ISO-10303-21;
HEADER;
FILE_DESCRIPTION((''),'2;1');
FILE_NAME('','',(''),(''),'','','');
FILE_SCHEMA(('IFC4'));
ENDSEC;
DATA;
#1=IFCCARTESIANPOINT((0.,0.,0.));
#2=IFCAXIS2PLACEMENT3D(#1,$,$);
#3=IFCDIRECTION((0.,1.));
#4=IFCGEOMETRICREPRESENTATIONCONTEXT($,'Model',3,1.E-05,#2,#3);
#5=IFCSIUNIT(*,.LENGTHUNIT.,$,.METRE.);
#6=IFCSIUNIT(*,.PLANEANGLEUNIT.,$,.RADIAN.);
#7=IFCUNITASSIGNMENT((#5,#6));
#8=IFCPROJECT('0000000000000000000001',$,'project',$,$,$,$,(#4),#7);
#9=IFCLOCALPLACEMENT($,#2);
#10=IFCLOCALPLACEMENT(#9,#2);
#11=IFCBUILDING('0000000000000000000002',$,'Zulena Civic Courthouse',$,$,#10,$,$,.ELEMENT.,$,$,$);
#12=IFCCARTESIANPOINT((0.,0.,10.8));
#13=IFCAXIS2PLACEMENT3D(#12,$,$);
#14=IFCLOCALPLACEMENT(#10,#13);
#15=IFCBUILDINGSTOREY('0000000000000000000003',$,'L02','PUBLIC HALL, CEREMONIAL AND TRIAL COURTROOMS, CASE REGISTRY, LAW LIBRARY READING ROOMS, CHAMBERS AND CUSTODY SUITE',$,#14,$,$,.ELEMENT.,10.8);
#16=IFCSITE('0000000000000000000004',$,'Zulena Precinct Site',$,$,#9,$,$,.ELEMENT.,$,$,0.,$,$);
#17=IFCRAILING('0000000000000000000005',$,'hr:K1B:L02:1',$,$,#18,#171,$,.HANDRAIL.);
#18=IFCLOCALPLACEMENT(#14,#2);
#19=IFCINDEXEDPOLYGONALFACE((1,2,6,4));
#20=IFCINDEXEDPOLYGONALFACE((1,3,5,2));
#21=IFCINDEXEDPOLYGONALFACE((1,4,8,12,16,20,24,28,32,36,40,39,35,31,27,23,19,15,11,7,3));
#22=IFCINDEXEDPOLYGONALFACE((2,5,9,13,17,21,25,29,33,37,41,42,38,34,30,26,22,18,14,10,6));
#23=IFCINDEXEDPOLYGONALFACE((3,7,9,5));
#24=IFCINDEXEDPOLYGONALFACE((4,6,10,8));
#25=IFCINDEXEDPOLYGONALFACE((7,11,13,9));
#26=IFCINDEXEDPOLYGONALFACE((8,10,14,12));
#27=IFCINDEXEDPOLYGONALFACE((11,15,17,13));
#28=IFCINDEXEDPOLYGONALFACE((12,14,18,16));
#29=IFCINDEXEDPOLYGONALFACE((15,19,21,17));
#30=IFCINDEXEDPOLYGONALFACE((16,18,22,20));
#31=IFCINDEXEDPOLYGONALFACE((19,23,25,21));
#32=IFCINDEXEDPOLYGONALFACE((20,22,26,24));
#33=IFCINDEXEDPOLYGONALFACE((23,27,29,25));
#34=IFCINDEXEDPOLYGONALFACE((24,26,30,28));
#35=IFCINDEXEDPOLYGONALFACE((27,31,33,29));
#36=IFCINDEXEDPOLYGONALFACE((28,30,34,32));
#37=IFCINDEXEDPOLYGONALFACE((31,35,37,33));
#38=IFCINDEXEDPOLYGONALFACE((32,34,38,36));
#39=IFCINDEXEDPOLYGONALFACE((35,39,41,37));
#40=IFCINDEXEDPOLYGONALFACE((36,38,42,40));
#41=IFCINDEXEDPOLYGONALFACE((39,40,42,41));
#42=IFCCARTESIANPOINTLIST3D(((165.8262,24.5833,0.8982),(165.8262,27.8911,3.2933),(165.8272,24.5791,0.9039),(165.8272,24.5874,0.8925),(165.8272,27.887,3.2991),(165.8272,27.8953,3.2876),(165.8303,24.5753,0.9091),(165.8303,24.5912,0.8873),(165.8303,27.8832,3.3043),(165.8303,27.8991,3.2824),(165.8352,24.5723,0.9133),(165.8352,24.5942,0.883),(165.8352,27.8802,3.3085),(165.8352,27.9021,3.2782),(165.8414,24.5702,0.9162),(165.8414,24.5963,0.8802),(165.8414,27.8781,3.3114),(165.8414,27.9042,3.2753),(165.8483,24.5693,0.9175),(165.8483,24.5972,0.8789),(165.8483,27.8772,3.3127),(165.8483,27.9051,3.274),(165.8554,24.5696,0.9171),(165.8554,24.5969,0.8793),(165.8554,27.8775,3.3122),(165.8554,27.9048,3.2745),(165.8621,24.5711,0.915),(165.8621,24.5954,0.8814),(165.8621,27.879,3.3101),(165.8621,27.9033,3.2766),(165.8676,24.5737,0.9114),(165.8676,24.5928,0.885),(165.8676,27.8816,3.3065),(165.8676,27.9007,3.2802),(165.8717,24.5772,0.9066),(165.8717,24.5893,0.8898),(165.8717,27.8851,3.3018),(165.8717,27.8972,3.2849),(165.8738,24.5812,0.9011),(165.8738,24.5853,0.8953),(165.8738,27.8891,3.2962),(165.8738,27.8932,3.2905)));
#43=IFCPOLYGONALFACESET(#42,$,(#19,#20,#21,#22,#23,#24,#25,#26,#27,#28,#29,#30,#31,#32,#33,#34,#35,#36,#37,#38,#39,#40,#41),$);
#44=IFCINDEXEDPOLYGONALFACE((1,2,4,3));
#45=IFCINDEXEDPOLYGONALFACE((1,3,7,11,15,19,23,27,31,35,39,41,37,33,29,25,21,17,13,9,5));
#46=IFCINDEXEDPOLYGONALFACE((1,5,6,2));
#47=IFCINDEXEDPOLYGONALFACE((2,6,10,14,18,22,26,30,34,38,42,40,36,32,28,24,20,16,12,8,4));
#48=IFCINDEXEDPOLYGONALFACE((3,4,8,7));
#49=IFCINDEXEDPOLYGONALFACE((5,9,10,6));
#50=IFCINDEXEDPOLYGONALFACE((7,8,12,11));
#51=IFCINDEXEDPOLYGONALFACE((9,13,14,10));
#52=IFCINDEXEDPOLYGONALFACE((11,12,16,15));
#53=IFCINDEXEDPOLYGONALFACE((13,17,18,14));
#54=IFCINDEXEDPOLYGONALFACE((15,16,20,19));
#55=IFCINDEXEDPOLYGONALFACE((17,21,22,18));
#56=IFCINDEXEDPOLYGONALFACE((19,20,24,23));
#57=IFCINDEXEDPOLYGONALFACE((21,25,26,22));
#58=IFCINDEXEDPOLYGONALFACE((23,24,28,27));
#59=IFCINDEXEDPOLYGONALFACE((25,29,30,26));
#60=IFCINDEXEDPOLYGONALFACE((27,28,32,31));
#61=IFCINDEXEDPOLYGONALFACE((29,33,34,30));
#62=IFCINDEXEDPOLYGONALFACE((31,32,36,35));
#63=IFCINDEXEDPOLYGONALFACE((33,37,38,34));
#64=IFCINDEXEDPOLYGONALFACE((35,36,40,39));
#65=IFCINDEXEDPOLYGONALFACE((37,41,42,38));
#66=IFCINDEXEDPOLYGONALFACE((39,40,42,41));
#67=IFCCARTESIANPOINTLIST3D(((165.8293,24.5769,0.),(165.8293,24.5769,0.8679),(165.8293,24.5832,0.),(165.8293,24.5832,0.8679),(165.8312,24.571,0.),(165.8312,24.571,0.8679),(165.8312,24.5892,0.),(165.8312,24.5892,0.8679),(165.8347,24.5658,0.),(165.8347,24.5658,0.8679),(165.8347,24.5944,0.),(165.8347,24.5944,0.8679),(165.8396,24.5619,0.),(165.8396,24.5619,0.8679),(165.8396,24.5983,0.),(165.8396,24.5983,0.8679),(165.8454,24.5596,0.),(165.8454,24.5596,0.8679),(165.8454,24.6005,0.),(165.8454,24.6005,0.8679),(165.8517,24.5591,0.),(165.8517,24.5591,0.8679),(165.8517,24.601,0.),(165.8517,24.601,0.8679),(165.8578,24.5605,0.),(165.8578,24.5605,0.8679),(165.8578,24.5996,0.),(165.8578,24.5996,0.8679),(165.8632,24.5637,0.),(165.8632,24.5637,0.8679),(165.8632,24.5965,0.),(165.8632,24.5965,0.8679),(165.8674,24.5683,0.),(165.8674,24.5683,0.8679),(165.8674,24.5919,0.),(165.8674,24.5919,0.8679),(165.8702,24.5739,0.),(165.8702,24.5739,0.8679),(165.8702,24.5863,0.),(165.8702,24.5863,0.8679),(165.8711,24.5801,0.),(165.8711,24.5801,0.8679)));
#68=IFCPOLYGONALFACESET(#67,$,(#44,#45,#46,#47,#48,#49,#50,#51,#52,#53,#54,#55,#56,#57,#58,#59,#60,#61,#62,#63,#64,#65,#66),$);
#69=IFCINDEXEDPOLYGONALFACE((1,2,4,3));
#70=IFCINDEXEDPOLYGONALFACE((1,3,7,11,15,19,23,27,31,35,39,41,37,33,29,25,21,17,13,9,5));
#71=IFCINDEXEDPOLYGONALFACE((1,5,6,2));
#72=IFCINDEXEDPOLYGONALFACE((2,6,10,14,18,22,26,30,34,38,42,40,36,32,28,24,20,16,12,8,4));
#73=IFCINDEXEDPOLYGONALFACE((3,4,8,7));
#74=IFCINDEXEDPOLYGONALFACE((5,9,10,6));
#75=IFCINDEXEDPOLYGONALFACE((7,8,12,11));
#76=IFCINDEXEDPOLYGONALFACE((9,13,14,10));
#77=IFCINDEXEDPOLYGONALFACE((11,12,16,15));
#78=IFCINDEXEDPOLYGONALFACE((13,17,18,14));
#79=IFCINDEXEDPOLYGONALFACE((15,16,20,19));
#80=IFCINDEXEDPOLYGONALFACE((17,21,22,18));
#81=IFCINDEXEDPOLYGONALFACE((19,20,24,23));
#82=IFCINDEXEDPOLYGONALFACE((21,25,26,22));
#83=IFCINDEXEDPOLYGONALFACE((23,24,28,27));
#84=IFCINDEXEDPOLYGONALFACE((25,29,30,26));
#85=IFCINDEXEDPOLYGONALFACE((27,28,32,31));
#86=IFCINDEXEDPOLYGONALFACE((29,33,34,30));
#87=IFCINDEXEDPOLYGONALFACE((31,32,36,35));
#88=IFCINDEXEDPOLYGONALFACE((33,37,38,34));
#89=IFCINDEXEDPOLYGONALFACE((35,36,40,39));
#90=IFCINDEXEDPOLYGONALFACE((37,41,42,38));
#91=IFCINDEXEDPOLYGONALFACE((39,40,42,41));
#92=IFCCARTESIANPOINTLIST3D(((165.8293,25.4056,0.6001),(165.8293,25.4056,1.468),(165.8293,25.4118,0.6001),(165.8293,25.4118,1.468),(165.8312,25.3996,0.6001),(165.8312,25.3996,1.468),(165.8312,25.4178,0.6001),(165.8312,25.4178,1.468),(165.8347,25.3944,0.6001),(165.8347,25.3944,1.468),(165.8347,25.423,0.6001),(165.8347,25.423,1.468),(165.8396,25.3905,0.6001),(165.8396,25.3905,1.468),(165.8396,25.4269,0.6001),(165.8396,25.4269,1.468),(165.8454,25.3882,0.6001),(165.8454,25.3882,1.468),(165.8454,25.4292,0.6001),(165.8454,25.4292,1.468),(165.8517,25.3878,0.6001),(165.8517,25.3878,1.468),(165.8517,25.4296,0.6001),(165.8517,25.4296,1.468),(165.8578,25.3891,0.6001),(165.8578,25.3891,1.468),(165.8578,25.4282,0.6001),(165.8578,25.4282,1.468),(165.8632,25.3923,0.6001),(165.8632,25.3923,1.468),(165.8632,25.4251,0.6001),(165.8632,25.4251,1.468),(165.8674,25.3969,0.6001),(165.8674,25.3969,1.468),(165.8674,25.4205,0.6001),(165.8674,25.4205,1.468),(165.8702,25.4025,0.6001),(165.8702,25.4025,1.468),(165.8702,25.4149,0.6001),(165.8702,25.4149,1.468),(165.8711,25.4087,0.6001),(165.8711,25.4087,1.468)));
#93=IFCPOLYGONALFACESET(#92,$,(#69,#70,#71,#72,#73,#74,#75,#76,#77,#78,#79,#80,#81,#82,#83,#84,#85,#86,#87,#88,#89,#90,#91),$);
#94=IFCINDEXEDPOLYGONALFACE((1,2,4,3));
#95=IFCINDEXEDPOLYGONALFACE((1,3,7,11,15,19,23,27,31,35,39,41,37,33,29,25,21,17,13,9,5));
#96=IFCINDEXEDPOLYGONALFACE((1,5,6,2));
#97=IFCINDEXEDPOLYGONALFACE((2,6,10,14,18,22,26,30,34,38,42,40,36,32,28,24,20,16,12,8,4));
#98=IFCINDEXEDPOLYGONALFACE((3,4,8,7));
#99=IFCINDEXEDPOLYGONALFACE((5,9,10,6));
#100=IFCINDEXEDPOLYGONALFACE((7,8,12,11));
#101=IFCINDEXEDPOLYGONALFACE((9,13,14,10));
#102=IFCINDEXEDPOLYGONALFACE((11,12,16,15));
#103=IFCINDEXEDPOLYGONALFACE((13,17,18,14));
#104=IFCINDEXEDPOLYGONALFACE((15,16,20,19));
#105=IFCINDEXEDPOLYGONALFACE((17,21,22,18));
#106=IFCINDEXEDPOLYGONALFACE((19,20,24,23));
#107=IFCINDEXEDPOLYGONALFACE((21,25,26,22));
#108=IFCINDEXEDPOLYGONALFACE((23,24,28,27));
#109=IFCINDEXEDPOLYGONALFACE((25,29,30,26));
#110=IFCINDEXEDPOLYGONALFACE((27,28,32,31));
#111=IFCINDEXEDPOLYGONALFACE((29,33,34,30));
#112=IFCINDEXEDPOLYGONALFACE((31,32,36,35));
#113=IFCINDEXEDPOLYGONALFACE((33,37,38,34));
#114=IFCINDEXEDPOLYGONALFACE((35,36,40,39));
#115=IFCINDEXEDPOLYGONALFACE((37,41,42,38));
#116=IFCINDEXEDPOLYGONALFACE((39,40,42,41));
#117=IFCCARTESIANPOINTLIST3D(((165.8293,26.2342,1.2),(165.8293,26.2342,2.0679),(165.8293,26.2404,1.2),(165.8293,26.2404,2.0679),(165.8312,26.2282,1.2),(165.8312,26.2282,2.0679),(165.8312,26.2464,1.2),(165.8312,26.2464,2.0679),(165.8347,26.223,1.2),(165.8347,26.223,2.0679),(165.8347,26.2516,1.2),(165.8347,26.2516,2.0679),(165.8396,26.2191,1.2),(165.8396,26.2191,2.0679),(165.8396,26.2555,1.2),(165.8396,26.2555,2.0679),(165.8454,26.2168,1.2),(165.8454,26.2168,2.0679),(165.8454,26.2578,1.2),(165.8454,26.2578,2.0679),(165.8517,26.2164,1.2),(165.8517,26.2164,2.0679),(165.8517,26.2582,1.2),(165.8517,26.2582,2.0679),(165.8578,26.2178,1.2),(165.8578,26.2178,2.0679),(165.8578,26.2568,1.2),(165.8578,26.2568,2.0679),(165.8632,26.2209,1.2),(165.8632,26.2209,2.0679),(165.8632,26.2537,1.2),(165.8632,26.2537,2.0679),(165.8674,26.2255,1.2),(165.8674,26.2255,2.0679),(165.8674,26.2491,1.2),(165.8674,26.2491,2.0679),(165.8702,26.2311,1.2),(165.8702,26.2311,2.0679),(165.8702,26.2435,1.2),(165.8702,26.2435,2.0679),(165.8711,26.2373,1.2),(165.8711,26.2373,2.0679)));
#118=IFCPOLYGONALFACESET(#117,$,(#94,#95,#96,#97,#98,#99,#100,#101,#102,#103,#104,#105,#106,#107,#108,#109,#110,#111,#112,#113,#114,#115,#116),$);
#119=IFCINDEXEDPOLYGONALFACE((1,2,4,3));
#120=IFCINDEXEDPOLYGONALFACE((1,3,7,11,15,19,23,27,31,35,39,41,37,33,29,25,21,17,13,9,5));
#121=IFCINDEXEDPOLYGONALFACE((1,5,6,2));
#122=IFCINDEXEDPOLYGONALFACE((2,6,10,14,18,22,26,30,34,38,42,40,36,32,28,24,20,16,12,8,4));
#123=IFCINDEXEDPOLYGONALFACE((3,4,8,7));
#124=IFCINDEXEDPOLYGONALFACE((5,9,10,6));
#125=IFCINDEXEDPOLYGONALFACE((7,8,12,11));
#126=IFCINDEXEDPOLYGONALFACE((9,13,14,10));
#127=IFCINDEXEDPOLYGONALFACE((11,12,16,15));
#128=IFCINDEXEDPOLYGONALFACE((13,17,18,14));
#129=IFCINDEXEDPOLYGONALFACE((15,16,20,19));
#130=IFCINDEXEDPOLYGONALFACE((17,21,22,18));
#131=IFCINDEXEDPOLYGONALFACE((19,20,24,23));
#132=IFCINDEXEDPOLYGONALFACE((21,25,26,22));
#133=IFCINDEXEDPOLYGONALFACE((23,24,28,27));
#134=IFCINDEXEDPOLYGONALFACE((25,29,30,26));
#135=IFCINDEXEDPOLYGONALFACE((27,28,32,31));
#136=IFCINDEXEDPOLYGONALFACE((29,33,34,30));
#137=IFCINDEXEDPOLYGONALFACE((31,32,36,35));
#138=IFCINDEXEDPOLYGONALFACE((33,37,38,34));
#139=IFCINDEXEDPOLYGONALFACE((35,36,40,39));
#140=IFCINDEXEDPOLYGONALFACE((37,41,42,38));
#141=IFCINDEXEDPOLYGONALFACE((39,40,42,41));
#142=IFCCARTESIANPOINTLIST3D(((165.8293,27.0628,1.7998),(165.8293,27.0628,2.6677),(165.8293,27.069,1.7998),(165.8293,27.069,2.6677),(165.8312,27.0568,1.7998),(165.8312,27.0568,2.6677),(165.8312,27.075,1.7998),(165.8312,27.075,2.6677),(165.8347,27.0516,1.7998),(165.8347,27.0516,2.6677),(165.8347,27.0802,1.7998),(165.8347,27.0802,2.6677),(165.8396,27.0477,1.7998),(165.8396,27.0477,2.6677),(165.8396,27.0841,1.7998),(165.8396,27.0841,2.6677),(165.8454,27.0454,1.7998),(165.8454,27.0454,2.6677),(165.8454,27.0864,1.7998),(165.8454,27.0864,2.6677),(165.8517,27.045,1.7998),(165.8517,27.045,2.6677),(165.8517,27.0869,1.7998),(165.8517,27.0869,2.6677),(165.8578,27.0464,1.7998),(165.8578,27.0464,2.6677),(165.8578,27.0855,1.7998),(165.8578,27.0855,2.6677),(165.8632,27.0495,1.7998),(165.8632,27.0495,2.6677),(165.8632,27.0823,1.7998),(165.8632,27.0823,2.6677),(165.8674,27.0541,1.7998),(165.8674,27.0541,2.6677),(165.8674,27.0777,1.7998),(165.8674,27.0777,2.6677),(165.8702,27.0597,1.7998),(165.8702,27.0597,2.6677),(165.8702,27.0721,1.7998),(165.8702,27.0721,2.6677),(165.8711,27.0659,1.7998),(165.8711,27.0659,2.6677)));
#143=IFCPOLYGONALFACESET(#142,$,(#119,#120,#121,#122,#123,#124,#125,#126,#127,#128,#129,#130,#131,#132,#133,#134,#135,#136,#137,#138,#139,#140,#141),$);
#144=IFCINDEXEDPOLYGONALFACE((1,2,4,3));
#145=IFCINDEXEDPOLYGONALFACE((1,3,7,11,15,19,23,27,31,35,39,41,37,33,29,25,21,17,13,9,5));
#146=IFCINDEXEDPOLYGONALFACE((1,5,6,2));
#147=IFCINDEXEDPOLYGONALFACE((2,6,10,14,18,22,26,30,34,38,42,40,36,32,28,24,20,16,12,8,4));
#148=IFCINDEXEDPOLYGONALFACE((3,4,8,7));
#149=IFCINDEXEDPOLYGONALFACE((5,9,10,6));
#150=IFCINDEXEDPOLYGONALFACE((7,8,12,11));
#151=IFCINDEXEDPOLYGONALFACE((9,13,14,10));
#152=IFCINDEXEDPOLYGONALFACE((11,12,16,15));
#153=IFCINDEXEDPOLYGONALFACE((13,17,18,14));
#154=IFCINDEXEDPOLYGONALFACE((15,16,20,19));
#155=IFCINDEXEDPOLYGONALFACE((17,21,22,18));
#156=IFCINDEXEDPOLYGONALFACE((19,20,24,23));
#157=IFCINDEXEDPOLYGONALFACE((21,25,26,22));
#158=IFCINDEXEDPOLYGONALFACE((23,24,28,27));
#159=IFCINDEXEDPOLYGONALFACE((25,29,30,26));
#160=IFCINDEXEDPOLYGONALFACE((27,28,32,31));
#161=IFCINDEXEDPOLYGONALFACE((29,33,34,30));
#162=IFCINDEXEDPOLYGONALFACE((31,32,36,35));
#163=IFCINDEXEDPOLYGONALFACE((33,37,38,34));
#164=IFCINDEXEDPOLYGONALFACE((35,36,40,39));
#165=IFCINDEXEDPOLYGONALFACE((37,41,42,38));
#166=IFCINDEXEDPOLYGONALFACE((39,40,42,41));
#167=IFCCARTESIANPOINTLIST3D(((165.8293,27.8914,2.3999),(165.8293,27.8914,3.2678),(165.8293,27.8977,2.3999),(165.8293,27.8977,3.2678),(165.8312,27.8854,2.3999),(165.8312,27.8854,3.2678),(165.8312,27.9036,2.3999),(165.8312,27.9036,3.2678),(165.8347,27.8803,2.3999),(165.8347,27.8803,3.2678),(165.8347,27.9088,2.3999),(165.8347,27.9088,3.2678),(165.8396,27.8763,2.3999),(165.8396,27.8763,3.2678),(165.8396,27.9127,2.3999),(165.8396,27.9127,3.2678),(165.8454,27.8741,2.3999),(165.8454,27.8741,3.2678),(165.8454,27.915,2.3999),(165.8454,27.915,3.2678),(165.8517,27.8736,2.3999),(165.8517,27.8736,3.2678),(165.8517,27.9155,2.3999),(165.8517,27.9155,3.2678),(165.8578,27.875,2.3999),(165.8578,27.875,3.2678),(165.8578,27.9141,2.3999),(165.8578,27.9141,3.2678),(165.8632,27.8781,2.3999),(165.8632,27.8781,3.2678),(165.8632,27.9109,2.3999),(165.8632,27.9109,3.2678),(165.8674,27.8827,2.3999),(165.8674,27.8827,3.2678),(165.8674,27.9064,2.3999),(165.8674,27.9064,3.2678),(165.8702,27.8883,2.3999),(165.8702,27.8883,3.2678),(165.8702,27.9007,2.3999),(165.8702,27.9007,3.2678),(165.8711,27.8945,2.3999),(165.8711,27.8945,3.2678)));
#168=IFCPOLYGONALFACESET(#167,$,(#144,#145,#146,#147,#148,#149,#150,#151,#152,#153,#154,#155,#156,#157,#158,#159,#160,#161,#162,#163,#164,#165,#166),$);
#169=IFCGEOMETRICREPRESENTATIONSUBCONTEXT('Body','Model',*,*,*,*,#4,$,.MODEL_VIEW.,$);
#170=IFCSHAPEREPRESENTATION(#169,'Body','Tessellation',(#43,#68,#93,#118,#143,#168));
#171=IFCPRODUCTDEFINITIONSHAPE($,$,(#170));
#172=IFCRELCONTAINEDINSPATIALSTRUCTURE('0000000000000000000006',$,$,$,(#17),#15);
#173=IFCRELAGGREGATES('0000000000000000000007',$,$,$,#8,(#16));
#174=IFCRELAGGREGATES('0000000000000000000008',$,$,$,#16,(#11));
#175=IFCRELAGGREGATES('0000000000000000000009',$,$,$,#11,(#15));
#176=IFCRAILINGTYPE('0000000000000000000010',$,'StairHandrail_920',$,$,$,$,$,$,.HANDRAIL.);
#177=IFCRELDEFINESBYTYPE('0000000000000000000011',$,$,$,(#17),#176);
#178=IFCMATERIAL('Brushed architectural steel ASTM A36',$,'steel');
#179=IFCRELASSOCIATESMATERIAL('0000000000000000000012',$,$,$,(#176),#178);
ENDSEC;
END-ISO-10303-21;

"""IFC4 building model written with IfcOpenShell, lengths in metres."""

from ifc_helpers import new_model, si_unit, direction, frame, origin, origin_2d, place, context, subcontext, project, spatial, circle, extrude, material, type_object, element, save


model = new_model("IFC4")

# Units and contexts
model_context = context("Model", 3, precision=1e-05, world=origin(), true_north=direction((0.0, 1.0)))
body_context = subcontext(model_context, "Body", "Model", "MODEL_VIEW")
ifc_project = project(units=[si_unit("LENGTHUNIT", "METRE"), si_unit("PLANEANGLEUNIT", "RADIAN")], contexts=[model_context])

# Site, building, storey
site_placement = place(None, origin())
site = spatial("IfcSite", under=ifc_project, at=site_placement, Name="Zulena Precinct Site", CompositionType="ELEMENT", RefElevation=0.0)
building_placement = place(site_placement, origin())
building = spatial("IfcBuilding", under=site, at=building_placement, Name="Zulena Civic Courthouse", CompositionType="ELEMENT")
storey_placement = place(building_placement, frame((0.0, 0.0, 10.8)))
storey = spatial("IfcBuildingStorey", under=building, at=storey_placement, Name="L02", Description="PUBLIC HALL, CEREMONIAL AND TRIAL COURTROOMS, CASE REGISTRY, LAW LIBRARY READING ROOMS, CHAMBERS AND CUSTODY SUITE", CompositionType="ELEMENT", Elevation=10.8)

# Shared definitions
ifc_material_1 = material(Name="Brushed architectural steel ASTM A36", Category="steel")

# Railing
railing_type_1 = type_object("IfcRailingType", Name="StairHandrail_920", PredefinedType="HANDRAIL", material=ifc_material_1)
railing_1_placement = place(storey_placement, frame((165.8501, 24.5801, 0.0)))
element("IfcRailing", 1, at=railing_1_placement, inside=storey, type_object=railing_type_1, Name="hr:K1B:L02:1", PredefinedType="HANDRAIL", context=body_context, shape_type="SweptSolid", body=[
    extrude(circle(Radius=0.0239, at=origin_2d()), frame((0.0, 0.0032, 0.8982), z_axis=(0.0, 0.809968, 0.586475), x_axis=(-1.0, 0.0, 0.0)), (0.0, 0.0, 1.0), 4.084),
    extrude(circle(Radius=0.021, at=origin_2d()), origin(), (0.0, 0.0, 1.0), 0.8679),
    extrude(circle(Radius=0.021, at=origin_2d()), frame((0.0, 0.8286, 0.6001)), (0.0, 0.0, 1.0), 0.8679),
    extrude(circle(Radius=0.021, at=origin_2d()), frame((0.0, 1.6572, 1.2)), (0.0, 0.0, 1.0), 0.8679),
    extrude(circle(Radius=0.021, at=origin_2d()), frame((0.0, 2.4858, 1.7998)), (0.0, 0.0, 1.0), 0.8679),
    extrude(circle(Radius=0.021, at=origin_2d()), frame((0.0, 3.3145, 2.3999)), (0.0, 0.0, 1.0), 0.8679),
])

save(model, "model.ifc")
